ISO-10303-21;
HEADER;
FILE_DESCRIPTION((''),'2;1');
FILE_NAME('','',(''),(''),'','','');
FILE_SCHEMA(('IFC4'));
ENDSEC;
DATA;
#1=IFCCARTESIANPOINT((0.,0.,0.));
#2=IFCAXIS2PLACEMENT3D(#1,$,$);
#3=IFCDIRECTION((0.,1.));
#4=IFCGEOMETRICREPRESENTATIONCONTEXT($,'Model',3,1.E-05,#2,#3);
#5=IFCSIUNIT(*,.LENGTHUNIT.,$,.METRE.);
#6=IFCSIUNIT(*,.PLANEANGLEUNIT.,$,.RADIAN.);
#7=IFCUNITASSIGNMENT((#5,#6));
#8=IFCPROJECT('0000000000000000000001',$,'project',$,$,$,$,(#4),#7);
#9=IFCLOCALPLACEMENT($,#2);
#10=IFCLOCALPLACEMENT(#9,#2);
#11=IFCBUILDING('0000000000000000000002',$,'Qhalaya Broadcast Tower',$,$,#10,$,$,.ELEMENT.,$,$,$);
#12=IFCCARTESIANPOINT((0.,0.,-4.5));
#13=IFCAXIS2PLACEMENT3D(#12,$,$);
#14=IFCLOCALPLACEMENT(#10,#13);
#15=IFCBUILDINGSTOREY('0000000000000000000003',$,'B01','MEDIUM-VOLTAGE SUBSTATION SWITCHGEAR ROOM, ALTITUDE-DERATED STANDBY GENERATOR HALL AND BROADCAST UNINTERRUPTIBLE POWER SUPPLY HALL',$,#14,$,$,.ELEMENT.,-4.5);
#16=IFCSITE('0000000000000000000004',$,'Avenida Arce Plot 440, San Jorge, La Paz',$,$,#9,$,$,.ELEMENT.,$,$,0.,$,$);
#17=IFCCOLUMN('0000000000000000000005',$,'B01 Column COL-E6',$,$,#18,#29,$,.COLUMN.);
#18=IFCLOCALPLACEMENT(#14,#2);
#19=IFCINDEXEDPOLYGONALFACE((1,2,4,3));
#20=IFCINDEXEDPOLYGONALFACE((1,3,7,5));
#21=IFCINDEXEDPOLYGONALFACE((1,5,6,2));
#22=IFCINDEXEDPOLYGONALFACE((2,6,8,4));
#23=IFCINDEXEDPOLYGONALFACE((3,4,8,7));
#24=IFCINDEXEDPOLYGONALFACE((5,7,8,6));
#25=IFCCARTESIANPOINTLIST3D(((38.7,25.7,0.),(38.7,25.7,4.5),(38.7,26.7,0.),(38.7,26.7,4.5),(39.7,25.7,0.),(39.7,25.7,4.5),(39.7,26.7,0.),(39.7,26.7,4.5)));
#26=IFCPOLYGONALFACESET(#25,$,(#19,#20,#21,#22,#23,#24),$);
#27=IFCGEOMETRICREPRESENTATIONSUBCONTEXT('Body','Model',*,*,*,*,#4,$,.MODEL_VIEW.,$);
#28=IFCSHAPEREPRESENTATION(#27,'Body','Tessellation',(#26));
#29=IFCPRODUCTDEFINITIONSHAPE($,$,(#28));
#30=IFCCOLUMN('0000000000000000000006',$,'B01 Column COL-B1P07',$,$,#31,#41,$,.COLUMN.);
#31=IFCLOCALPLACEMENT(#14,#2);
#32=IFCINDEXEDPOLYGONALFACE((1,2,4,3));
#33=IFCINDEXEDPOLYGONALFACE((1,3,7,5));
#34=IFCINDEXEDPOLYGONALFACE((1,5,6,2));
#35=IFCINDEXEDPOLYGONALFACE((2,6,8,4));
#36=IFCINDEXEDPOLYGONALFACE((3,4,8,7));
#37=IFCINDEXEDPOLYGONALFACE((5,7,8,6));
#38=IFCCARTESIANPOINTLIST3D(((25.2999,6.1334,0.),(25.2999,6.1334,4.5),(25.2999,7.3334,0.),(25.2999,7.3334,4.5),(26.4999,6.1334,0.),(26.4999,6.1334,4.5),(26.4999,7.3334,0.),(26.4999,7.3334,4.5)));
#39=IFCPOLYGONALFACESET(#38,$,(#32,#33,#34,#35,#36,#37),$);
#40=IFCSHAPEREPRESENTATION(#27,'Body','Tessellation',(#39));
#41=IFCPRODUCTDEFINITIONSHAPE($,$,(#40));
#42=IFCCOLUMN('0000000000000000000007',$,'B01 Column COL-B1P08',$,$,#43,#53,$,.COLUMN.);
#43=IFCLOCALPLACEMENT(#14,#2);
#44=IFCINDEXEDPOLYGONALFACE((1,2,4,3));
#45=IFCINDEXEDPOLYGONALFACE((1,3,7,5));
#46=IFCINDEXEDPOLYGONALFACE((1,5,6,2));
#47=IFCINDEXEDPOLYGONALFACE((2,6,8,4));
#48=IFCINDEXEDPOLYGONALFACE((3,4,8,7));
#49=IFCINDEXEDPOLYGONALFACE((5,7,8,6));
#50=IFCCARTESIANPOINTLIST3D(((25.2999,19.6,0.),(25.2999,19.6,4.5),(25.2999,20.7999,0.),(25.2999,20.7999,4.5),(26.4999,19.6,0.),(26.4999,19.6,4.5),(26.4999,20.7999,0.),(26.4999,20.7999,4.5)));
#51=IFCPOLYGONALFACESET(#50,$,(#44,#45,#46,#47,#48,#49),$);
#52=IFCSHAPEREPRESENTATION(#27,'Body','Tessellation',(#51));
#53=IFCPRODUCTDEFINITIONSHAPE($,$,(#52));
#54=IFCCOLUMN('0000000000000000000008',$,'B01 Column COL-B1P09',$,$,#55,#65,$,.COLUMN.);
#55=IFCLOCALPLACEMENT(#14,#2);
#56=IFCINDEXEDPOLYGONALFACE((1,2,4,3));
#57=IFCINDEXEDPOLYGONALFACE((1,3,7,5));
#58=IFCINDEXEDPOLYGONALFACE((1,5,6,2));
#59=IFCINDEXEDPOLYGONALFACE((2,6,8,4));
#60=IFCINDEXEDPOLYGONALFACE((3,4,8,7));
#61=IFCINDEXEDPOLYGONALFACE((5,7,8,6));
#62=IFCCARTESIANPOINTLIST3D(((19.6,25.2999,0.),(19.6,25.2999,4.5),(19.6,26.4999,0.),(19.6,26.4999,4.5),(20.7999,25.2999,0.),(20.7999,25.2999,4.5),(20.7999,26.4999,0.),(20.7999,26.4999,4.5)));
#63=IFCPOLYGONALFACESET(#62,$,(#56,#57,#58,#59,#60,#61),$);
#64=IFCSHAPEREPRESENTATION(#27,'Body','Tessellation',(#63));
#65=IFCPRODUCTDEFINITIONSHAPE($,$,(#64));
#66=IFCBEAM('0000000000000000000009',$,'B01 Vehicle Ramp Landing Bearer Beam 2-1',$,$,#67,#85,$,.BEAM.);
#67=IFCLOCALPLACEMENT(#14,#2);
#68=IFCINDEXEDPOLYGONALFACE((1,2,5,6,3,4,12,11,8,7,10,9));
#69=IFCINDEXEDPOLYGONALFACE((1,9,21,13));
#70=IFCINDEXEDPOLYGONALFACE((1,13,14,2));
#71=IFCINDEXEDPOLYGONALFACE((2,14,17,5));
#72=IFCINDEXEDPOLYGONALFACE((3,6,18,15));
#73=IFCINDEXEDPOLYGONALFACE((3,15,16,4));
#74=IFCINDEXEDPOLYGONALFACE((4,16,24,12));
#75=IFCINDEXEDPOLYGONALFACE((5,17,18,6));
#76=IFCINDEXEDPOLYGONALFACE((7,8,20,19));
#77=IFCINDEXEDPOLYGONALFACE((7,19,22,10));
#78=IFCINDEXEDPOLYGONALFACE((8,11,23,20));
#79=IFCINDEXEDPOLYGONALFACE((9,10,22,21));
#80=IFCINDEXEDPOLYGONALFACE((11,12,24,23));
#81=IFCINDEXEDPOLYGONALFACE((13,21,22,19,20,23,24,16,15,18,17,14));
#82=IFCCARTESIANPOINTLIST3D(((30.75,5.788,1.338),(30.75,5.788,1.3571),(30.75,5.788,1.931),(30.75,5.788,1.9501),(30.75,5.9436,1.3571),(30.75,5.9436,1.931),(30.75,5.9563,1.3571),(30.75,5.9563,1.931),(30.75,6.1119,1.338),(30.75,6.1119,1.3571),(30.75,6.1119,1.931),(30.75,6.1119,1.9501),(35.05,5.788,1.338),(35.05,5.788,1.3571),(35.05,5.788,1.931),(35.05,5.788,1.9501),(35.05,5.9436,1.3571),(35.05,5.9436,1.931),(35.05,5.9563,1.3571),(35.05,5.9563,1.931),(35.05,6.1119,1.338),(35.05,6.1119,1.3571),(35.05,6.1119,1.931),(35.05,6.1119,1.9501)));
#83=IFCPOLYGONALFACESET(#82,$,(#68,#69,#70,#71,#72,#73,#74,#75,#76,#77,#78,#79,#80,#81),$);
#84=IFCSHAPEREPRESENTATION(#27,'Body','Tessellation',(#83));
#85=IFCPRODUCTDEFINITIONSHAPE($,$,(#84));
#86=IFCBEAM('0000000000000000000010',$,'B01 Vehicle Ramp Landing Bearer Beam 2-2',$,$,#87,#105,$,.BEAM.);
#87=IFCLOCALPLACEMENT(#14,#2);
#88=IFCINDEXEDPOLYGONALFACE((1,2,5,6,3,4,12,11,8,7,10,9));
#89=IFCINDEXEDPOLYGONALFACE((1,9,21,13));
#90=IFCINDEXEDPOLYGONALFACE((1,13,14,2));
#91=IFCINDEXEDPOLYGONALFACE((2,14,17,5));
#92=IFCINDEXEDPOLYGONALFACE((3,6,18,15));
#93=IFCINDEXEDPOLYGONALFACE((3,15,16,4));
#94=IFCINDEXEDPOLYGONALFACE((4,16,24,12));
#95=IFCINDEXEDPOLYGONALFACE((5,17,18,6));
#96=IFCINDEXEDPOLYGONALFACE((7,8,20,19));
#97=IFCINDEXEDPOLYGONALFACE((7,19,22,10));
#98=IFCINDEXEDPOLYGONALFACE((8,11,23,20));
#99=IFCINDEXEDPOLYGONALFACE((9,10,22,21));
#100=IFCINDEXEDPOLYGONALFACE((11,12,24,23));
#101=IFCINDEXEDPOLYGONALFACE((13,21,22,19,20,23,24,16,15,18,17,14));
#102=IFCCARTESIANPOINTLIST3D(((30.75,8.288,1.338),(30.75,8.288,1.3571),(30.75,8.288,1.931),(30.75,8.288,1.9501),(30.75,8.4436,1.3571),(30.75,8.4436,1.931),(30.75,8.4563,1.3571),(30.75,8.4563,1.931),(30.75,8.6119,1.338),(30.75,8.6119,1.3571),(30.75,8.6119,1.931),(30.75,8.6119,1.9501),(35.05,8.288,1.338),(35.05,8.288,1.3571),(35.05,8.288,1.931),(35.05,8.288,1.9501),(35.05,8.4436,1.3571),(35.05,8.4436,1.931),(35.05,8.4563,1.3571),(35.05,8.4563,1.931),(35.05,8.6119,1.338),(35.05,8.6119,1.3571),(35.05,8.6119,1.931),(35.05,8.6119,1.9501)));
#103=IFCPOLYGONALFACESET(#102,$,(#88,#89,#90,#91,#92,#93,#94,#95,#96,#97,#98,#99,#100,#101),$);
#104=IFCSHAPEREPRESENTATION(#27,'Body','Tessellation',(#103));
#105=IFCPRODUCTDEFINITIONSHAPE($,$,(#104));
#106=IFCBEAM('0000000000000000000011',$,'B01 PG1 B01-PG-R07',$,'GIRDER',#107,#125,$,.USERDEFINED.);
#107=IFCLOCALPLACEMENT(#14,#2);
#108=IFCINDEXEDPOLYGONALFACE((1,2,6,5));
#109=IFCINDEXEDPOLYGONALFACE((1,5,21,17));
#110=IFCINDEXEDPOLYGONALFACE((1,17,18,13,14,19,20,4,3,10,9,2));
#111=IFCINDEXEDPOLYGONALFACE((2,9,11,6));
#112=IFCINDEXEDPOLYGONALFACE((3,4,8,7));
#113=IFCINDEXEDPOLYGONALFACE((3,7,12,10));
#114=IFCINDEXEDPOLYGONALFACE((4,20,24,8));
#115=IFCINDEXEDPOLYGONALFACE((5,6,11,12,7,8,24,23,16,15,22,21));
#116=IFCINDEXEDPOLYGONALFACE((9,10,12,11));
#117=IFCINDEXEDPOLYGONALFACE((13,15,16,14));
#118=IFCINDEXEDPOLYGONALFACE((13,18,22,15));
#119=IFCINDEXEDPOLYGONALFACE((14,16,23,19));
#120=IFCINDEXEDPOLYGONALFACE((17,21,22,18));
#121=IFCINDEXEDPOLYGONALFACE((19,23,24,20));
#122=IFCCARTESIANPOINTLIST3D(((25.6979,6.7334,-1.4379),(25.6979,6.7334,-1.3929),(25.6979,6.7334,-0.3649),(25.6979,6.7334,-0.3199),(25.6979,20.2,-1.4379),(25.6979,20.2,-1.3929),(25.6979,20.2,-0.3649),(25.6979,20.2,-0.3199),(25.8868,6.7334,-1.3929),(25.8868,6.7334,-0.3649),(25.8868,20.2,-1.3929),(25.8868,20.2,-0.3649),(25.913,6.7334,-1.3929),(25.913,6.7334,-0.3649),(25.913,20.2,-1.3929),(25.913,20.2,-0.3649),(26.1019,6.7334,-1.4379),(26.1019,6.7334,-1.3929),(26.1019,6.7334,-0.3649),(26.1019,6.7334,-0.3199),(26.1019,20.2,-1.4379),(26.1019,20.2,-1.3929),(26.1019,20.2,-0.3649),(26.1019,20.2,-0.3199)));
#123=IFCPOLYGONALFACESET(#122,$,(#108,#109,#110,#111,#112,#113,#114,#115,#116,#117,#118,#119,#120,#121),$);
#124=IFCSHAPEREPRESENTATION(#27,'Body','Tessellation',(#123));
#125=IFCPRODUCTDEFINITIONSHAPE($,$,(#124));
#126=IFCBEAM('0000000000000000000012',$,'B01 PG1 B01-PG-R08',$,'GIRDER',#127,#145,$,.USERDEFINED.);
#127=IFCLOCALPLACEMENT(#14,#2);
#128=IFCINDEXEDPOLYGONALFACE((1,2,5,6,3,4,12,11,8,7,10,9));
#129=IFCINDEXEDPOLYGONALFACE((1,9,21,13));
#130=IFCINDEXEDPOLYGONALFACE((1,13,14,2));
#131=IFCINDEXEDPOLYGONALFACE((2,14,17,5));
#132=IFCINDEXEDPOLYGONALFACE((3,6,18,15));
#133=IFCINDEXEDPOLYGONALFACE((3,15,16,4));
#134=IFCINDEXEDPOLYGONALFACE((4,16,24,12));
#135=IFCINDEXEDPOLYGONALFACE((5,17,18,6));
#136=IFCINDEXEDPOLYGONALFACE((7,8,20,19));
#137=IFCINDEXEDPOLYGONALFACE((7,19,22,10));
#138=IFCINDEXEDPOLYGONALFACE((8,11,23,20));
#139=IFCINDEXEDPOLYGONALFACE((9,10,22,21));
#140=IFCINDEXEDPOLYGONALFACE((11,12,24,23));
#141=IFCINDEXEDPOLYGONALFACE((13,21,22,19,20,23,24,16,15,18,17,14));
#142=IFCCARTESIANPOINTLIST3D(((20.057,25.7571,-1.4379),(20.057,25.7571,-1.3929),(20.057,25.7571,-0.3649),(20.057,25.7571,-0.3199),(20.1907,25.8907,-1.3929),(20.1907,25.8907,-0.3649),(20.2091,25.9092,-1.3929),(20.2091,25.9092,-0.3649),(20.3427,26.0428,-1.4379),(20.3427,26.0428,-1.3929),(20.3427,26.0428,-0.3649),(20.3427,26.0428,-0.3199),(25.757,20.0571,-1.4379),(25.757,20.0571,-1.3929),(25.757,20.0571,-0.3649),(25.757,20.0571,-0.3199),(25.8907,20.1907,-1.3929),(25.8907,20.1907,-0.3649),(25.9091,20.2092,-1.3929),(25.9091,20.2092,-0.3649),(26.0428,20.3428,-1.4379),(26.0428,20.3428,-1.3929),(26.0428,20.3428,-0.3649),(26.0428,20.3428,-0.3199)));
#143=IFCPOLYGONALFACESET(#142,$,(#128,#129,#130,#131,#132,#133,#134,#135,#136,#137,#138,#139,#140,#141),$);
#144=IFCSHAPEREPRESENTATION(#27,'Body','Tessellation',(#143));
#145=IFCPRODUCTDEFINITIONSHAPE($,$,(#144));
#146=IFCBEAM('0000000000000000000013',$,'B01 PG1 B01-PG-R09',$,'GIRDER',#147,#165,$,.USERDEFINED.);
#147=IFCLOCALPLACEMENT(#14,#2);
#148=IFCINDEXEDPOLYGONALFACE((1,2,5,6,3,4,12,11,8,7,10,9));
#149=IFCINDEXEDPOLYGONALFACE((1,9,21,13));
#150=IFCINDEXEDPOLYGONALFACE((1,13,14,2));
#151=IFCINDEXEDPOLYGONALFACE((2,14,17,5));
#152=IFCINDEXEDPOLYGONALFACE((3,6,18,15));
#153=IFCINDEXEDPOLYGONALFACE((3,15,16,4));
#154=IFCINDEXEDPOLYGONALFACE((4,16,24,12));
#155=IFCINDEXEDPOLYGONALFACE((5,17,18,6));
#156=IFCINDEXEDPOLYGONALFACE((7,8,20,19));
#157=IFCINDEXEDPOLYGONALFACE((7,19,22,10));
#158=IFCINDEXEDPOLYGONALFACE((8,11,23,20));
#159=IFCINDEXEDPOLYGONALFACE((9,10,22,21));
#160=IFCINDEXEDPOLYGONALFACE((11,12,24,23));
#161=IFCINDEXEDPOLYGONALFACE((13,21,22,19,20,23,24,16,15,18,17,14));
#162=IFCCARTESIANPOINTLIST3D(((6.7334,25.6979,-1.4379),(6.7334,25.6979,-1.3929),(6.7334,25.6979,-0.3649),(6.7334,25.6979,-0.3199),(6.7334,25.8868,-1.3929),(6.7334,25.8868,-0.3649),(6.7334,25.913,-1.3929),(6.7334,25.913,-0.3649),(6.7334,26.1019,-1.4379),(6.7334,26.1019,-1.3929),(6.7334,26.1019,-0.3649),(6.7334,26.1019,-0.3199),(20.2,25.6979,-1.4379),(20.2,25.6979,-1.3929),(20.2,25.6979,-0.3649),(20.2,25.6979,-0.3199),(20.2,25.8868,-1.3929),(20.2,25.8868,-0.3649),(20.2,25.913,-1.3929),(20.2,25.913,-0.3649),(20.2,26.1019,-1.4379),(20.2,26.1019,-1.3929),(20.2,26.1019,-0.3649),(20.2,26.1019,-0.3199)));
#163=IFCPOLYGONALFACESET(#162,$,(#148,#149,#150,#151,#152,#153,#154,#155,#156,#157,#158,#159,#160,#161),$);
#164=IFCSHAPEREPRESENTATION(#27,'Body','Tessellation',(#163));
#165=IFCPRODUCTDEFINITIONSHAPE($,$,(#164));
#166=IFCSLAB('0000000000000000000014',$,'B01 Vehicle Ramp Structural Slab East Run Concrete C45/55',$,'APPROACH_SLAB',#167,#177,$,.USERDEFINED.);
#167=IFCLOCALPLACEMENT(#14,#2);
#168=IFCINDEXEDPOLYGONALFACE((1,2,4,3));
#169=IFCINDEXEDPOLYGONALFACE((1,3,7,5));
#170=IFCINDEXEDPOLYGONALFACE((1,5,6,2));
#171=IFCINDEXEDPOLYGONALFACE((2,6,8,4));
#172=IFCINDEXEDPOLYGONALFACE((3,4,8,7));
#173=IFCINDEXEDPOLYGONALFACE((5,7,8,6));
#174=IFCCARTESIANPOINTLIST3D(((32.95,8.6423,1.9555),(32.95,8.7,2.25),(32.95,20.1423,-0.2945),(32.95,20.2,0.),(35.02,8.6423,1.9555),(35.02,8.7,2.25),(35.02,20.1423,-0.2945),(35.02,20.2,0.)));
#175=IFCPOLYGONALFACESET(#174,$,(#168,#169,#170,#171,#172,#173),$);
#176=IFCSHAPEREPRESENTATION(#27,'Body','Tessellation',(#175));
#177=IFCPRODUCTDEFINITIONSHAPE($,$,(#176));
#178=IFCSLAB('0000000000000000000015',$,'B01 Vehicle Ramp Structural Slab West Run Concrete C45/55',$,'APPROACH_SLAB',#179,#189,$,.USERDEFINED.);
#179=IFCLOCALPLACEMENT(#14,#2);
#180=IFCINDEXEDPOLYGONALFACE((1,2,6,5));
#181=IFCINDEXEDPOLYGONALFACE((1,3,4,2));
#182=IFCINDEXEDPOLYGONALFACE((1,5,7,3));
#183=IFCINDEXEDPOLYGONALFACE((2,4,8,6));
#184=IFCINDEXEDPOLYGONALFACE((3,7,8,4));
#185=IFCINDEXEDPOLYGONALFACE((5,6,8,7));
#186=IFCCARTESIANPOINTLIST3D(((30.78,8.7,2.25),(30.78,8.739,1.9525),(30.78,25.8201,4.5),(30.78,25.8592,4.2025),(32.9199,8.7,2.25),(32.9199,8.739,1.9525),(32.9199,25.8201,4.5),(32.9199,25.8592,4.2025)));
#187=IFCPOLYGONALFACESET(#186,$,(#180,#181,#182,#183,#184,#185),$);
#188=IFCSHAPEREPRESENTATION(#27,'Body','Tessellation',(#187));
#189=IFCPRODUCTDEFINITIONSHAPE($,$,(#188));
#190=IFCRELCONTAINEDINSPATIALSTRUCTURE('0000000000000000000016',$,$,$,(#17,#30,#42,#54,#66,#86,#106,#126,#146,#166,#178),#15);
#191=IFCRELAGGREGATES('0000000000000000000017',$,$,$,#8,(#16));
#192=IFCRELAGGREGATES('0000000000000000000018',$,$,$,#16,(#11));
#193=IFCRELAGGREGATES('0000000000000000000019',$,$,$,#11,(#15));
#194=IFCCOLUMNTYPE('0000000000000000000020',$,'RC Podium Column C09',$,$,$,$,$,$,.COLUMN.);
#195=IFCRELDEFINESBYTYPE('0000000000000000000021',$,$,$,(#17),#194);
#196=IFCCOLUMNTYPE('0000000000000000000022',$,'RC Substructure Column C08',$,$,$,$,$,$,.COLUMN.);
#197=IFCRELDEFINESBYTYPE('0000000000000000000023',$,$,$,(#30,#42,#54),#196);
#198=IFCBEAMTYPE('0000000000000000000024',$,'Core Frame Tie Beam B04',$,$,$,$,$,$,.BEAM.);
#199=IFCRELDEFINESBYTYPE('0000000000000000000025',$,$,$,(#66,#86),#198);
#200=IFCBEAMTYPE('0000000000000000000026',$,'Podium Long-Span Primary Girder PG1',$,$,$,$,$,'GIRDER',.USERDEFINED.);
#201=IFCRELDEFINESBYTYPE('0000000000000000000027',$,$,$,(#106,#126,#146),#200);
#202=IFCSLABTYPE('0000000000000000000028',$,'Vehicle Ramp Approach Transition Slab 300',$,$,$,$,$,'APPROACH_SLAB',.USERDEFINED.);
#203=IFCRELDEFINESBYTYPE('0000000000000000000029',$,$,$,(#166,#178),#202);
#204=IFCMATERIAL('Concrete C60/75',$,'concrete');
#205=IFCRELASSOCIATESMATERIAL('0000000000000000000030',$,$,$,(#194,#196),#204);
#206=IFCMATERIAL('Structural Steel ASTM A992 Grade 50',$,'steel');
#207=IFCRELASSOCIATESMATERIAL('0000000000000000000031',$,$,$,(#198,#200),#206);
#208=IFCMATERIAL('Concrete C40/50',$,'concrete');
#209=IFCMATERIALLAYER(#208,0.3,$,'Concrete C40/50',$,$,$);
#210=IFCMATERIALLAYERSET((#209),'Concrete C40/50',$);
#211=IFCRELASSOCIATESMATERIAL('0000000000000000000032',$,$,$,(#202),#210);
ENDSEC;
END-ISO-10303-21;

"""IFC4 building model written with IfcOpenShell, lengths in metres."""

from ifc_helpers import new_model, si_unit, direction, frame, origin, origin_2d, place, context, subcontext, project, spatial, polyline, rectangle, i_section, outline, extrude, material, layer, layer_set, material_profile, profile_set, type_object, element, save


model = new_model("IFC4")

# Units and contexts
model_context = context("Model", 3, precision=1e-05, world=origin(), true_north=direction((0.0, 1.0)))
body_context = subcontext(model_context, "Body", "Model", "MODEL_VIEW")
ifc_project = project(units=[si_unit("LENGTHUNIT", "METRE"), si_unit("PLANEANGLEUNIT", "RADIAN")], contexts=[model_context])

# Site, building, storey
site_placement = place(None, origin())
site = spatial("IfcSite", under=ifc_project, at=site_placement, Name="Avenida Arce Plot 440, San Jorge, La Paz", CompositionType="ELEMENT", RefElevation=0.0)
building_placement = place(site_placement, origin())
building = spatial("IfcBuilding", under=site, at=building_placement, Name="Qhalaya Broadcast Tower", CompositionType="ELEMENT")
storey_placement = place(building_placement, frame((0.0, 0.0, -4.5)))
storey = spatial("IfcBuildingStorey", under=building, at=storey_placement, Name="B01", Description="MEDIUM-VOLTAGE SUBSTATION SWITCHGEAR ROOM, ALTITUDE-DERATED STANDBY GENERATOR HALL AND BROADCAST UNINTERRUPTIBLE POWER SUPPLY HALL", CompositionType="ELEMENT", Elevation=-4.5)

# Columns
ifc_material_1 = material(Name="Concrete C60/75", Category="concrete")
ifc_material_profile_1 = material_profile(ifc_material_1, rectangle(XDim=1.0, YDim=1.0, at=origin_2d()), Name="RC-COL 1000x1000")
ifc_profile_set_1 = profile_set([ifc_material_profile_1], Name="Concrete C60/75")
column_type_1 = type_object("IfcColumnType", Name="RC Podium Column C09", PredefinedType="COLUMN", material=ifc_profile_set_1)
column_placement = place(storey_placement, frame((39.2, 26.2, 0.0), z_axis=(0.0, 0.0, 1.0), x_axis=(1.0, 0.0, 0.0)))
element("IfcColumn", 1, at=column_placement, inside=storey, type_object=column_type_1, Name="B01 Column COL-E6", PredefinedType="COLUMN", context=body_context, shape_type="SweptSolid", body=[
    extrude(rectangle(XDim=1.0, YDim=1.0, at=origin_2d()), origin(), (0.0, 0.0, 1.0), 4.5),
])
ifc_material_profile_2 = material_profile(ifc_material_1, rectangle(XDim=1.2, YDim=1.2, at=origin_2d()), Name="RC-COL 1200x1200")
ifc_profile_set_2 = profile_set([ifc_material_profile_2], Name="Concrete C60/75")
column_type_2 = type_object("IfcColumnType", Name="RC Substructure Column C08", PredefinedType="COLUMN", material=ifc_profile_set_2)
for number, where, z_axis, x_axis, name in (
    (2, (25.8999, 6.7334, 0.0), (0.0, 0.0, 1.0), (0.0, 1.0, 0.0), "B01 Column COL-B1P07"),
    (3, (25.8999, 20.2, 0.0), (0.0, 0.0, 1.0), (0.0, 1.0, 0.0), "B01 Column COL-B1P08"),
    (4, (20.2, 25.8999, 0.0), (0.0, 0.0, 1.0), (1.0, 0.0, 0.0), "B01 Column COL-B1P09"),
):
    element("IfcColumn", number, at=place(storey_placement, frame(where, z_axis=z_axis, x_axis=x_axis)), inside=storey, type_object=column_type_2, Name=name, PredefinedType="COLUMN", context=body_context, shape_type="SweptSolid", body=[
        extrude(rectangle(XDim=1.2, YDim=1.2, at=origin_2d()), origin(), (0.0, 0.0, 1.0), 4.5),
    ])

# Beams
ifc_material_2 = material(Name="Structural Steel ASTM A992 Grade 50", Category="steel")
ifc_material_profile_3 = material_profile(ifc_material_2, i_section(OverallWidth=0.324, OverallDepth=0.6121, WebThickness=0.0127, FlangeThickness=0.019, at=origin_2d()), Name="W24X104")
ifc_profile_set_3 = profile_set([ifc_material_profile_3], Name="Structural Steel ASTM A992 Grade 50")
beam_type_1 = type_object("IfcBeamType", Name="Core Frame Tie Beam B04", PredefinedType="BEAM", material=ifc_profile_set_3)
for number, where, z_axis, x_axis, name in (
    (5, (30.75, 5.95, 1.644), (1.0, 0.0, 0.0), (0.0, 1.0, 0.0), "B01 Vehicle Ramp Landing Bearer Beam 2-1"),
    (6, (30.75, 8.45, 1.644), (1.0, 0.0, 0.0), (0.0, 1.0, 0.0), "B01 Vehicle Ramp Landing Bearer Beam 2-2"),
):
    element("IfcBeam", number, at=place(storey_placement, frame(where, z_axis=z_axis, x_axis=x_axis)), inside=storey, type_object=beam_type_1, Name=name, PredefinedType="BEAM", context=body_context, shape_type="SweptSolid", body=[
        extrude(i_section(OverallWidth=0.324, OverallDepth=0.6121, WebThickness=0.0127, FlangeThickness=0.019, at=origin_2d()), origin(), (0.0, 0.0, 1.0), 4.3),
    ])
ifc_material_profile_4 = material_profile(ifc_material_2, i_section(OverallWidth=0.4041, OverallDepth=1.1179, WebThickness=0.0261, FlangeThickness=0.0449, at=origin_2d()), Name="W44X335")
ifc_profile_set_4 = profile_set([ifc_material_profile_4], Name="Structural Steel ASTM A992 Grade 50")
beam_type_2 = type_object("IfcBeamType", Name="Podium Long-Span Primary Girder PG1", ElementType="GIRDER", PredefinedType="USERDEFINED", material=ifc_profile_set_4)
beam_1_placement = place(storey_placement, frame((25.8999, 6.7334, -0.8789), z_axis=(0.0, 1.0, 0.0), x_axis=(-1.0, 0.0, 0.0)))
element("IfcBeam", 7, at=beam_1_placement, inside=storey, type_object=beam_type_2, Name="B01 PG1 B01-PG-R07", ObjectType="GIRDER", PredefinedType="USERDEFINED", context=body_context, shape_type="SweptSolid", body=[
    extrude(i_section(OverallWidth=0.4041, OverallDepth=1.1179, WebThickness=0.0261, FlangeThickness=0.0449, at=origin_2d()), origin(), (0.0, 0.0, 1.0), 13.4666),
])
beam_2_placement = place(storey_placement, frame((25.8999, 20.2, -0.8789), z_axis=(-0.707107, 0.707107, 0.0), x_axis=(-0.707107, -0.707107, 0.0)))
element("IfcBeam", 8, at=beam_2_placement, inside=storey, type_object=beam_type_2, Name="B01 PG1 B01-PG-R08", ObjectType="GIRDER", PredefinedType="USERDEFINED", context=body_context, shape_type="SweptSolid", body=[
    extrude(i_section(OverallWidth=0.4041, OverallDepth=1.1179, WebThickness=0.0261, FlangeThickness=0.0449, at=origin_2d()), origin(), (0.0, 0.0, 1.0), 8.061),
])
beam_3_placement = place(storey_placement, frame((20.2, 25.8999, -0.8789), z_axis=(-1.0, 0.0, 0.0), x_axis=(0.0, -1.0, 0.0)))
element("IfcBeam", 9, at=beam_3_placement, inside=storey, type_object=beam_type_2, Name="B01 PG1 B01-PG-R09", ObjectType="GIRDER", PredefinedType="USERDEFINED", context=body_context, shape_type="SweptSolid", body=[
    extrude(i_section(OverallWidth=0.4041, OverallDepth=1.1179, WebThickness=0.0261, FlangeThickness=0.0449, at=origin_2d()), origin(), (0.0, 0.0, 1.0), 13.4666),
])

# Slabs
ifc_material_3 = material(Name="Concrete C40/50", Category="concrete")
ifc_layer = layer(ifc_material_3, 0.3, Name="Concrete C40/50")
ifc_layer_set = layer_set([ifc_layer], Name="Concrete C40/50")
slab_type = type_object("IfcSlabType", Name="Vehicle Ramp Approach Transition Slab 300", ElementType="APPROACH_SLAB", PredefinedType="USERDEFINED", material=ifc_layer_set)
slab_1_placement = place(storey_placement, frame((35.02, 20.2, 0.0), z_axis=(0.0, 0.192012, 0.981393), x_axis=(-1.0, 0.0, 0.0)))
element("IfcSlab", 10, at=slab_1_placement, inside=storey, type_object=slab_type, Name="B01 Vehicle Ramp Structural Slab East Run Concrete C45/55", ObjectType="APPROACH_SLAB", PredefinedType="USERDEFINED", context=body_context, shape_type="SweptSolid", body=[
    extrude(outline(polyline([(0.0, 0.0), (2.0701, 0.0), (2.0701, 11.718), (0.0, 11.718), (0.0, 0.0)])), origin(), (0.0, 0.0, -1.0), 0.3),
])
slab_2_placement = place(storey_placement, frame((30.78, 8.7, 2.25), z_axis=(0.0, -0.130304, 0.991474), x_axis=(1.0, 0.0, 0.0)))
element("IfcSlab", 11, at=slab_2_placement, inside=storey, type_object=slab_type, Name="B01 Vehicle Ramp Structural Slab West Run Concrete C45/55", ObjectType="APPROACH_SLAB", PredefinedType="USERDEFINED", context=body_context, shape_type="SweptSolid", body=[
    extrude(outline(polyline([(0.0, 0.0), (2.1399, 0.0), (2.1399, 17.2673), (0.0, 17.2673), (0.0, 0.0)])), origin(), (0.0, 0.0, -1.0), 0.3),
])

save(model, "model.ifc")
